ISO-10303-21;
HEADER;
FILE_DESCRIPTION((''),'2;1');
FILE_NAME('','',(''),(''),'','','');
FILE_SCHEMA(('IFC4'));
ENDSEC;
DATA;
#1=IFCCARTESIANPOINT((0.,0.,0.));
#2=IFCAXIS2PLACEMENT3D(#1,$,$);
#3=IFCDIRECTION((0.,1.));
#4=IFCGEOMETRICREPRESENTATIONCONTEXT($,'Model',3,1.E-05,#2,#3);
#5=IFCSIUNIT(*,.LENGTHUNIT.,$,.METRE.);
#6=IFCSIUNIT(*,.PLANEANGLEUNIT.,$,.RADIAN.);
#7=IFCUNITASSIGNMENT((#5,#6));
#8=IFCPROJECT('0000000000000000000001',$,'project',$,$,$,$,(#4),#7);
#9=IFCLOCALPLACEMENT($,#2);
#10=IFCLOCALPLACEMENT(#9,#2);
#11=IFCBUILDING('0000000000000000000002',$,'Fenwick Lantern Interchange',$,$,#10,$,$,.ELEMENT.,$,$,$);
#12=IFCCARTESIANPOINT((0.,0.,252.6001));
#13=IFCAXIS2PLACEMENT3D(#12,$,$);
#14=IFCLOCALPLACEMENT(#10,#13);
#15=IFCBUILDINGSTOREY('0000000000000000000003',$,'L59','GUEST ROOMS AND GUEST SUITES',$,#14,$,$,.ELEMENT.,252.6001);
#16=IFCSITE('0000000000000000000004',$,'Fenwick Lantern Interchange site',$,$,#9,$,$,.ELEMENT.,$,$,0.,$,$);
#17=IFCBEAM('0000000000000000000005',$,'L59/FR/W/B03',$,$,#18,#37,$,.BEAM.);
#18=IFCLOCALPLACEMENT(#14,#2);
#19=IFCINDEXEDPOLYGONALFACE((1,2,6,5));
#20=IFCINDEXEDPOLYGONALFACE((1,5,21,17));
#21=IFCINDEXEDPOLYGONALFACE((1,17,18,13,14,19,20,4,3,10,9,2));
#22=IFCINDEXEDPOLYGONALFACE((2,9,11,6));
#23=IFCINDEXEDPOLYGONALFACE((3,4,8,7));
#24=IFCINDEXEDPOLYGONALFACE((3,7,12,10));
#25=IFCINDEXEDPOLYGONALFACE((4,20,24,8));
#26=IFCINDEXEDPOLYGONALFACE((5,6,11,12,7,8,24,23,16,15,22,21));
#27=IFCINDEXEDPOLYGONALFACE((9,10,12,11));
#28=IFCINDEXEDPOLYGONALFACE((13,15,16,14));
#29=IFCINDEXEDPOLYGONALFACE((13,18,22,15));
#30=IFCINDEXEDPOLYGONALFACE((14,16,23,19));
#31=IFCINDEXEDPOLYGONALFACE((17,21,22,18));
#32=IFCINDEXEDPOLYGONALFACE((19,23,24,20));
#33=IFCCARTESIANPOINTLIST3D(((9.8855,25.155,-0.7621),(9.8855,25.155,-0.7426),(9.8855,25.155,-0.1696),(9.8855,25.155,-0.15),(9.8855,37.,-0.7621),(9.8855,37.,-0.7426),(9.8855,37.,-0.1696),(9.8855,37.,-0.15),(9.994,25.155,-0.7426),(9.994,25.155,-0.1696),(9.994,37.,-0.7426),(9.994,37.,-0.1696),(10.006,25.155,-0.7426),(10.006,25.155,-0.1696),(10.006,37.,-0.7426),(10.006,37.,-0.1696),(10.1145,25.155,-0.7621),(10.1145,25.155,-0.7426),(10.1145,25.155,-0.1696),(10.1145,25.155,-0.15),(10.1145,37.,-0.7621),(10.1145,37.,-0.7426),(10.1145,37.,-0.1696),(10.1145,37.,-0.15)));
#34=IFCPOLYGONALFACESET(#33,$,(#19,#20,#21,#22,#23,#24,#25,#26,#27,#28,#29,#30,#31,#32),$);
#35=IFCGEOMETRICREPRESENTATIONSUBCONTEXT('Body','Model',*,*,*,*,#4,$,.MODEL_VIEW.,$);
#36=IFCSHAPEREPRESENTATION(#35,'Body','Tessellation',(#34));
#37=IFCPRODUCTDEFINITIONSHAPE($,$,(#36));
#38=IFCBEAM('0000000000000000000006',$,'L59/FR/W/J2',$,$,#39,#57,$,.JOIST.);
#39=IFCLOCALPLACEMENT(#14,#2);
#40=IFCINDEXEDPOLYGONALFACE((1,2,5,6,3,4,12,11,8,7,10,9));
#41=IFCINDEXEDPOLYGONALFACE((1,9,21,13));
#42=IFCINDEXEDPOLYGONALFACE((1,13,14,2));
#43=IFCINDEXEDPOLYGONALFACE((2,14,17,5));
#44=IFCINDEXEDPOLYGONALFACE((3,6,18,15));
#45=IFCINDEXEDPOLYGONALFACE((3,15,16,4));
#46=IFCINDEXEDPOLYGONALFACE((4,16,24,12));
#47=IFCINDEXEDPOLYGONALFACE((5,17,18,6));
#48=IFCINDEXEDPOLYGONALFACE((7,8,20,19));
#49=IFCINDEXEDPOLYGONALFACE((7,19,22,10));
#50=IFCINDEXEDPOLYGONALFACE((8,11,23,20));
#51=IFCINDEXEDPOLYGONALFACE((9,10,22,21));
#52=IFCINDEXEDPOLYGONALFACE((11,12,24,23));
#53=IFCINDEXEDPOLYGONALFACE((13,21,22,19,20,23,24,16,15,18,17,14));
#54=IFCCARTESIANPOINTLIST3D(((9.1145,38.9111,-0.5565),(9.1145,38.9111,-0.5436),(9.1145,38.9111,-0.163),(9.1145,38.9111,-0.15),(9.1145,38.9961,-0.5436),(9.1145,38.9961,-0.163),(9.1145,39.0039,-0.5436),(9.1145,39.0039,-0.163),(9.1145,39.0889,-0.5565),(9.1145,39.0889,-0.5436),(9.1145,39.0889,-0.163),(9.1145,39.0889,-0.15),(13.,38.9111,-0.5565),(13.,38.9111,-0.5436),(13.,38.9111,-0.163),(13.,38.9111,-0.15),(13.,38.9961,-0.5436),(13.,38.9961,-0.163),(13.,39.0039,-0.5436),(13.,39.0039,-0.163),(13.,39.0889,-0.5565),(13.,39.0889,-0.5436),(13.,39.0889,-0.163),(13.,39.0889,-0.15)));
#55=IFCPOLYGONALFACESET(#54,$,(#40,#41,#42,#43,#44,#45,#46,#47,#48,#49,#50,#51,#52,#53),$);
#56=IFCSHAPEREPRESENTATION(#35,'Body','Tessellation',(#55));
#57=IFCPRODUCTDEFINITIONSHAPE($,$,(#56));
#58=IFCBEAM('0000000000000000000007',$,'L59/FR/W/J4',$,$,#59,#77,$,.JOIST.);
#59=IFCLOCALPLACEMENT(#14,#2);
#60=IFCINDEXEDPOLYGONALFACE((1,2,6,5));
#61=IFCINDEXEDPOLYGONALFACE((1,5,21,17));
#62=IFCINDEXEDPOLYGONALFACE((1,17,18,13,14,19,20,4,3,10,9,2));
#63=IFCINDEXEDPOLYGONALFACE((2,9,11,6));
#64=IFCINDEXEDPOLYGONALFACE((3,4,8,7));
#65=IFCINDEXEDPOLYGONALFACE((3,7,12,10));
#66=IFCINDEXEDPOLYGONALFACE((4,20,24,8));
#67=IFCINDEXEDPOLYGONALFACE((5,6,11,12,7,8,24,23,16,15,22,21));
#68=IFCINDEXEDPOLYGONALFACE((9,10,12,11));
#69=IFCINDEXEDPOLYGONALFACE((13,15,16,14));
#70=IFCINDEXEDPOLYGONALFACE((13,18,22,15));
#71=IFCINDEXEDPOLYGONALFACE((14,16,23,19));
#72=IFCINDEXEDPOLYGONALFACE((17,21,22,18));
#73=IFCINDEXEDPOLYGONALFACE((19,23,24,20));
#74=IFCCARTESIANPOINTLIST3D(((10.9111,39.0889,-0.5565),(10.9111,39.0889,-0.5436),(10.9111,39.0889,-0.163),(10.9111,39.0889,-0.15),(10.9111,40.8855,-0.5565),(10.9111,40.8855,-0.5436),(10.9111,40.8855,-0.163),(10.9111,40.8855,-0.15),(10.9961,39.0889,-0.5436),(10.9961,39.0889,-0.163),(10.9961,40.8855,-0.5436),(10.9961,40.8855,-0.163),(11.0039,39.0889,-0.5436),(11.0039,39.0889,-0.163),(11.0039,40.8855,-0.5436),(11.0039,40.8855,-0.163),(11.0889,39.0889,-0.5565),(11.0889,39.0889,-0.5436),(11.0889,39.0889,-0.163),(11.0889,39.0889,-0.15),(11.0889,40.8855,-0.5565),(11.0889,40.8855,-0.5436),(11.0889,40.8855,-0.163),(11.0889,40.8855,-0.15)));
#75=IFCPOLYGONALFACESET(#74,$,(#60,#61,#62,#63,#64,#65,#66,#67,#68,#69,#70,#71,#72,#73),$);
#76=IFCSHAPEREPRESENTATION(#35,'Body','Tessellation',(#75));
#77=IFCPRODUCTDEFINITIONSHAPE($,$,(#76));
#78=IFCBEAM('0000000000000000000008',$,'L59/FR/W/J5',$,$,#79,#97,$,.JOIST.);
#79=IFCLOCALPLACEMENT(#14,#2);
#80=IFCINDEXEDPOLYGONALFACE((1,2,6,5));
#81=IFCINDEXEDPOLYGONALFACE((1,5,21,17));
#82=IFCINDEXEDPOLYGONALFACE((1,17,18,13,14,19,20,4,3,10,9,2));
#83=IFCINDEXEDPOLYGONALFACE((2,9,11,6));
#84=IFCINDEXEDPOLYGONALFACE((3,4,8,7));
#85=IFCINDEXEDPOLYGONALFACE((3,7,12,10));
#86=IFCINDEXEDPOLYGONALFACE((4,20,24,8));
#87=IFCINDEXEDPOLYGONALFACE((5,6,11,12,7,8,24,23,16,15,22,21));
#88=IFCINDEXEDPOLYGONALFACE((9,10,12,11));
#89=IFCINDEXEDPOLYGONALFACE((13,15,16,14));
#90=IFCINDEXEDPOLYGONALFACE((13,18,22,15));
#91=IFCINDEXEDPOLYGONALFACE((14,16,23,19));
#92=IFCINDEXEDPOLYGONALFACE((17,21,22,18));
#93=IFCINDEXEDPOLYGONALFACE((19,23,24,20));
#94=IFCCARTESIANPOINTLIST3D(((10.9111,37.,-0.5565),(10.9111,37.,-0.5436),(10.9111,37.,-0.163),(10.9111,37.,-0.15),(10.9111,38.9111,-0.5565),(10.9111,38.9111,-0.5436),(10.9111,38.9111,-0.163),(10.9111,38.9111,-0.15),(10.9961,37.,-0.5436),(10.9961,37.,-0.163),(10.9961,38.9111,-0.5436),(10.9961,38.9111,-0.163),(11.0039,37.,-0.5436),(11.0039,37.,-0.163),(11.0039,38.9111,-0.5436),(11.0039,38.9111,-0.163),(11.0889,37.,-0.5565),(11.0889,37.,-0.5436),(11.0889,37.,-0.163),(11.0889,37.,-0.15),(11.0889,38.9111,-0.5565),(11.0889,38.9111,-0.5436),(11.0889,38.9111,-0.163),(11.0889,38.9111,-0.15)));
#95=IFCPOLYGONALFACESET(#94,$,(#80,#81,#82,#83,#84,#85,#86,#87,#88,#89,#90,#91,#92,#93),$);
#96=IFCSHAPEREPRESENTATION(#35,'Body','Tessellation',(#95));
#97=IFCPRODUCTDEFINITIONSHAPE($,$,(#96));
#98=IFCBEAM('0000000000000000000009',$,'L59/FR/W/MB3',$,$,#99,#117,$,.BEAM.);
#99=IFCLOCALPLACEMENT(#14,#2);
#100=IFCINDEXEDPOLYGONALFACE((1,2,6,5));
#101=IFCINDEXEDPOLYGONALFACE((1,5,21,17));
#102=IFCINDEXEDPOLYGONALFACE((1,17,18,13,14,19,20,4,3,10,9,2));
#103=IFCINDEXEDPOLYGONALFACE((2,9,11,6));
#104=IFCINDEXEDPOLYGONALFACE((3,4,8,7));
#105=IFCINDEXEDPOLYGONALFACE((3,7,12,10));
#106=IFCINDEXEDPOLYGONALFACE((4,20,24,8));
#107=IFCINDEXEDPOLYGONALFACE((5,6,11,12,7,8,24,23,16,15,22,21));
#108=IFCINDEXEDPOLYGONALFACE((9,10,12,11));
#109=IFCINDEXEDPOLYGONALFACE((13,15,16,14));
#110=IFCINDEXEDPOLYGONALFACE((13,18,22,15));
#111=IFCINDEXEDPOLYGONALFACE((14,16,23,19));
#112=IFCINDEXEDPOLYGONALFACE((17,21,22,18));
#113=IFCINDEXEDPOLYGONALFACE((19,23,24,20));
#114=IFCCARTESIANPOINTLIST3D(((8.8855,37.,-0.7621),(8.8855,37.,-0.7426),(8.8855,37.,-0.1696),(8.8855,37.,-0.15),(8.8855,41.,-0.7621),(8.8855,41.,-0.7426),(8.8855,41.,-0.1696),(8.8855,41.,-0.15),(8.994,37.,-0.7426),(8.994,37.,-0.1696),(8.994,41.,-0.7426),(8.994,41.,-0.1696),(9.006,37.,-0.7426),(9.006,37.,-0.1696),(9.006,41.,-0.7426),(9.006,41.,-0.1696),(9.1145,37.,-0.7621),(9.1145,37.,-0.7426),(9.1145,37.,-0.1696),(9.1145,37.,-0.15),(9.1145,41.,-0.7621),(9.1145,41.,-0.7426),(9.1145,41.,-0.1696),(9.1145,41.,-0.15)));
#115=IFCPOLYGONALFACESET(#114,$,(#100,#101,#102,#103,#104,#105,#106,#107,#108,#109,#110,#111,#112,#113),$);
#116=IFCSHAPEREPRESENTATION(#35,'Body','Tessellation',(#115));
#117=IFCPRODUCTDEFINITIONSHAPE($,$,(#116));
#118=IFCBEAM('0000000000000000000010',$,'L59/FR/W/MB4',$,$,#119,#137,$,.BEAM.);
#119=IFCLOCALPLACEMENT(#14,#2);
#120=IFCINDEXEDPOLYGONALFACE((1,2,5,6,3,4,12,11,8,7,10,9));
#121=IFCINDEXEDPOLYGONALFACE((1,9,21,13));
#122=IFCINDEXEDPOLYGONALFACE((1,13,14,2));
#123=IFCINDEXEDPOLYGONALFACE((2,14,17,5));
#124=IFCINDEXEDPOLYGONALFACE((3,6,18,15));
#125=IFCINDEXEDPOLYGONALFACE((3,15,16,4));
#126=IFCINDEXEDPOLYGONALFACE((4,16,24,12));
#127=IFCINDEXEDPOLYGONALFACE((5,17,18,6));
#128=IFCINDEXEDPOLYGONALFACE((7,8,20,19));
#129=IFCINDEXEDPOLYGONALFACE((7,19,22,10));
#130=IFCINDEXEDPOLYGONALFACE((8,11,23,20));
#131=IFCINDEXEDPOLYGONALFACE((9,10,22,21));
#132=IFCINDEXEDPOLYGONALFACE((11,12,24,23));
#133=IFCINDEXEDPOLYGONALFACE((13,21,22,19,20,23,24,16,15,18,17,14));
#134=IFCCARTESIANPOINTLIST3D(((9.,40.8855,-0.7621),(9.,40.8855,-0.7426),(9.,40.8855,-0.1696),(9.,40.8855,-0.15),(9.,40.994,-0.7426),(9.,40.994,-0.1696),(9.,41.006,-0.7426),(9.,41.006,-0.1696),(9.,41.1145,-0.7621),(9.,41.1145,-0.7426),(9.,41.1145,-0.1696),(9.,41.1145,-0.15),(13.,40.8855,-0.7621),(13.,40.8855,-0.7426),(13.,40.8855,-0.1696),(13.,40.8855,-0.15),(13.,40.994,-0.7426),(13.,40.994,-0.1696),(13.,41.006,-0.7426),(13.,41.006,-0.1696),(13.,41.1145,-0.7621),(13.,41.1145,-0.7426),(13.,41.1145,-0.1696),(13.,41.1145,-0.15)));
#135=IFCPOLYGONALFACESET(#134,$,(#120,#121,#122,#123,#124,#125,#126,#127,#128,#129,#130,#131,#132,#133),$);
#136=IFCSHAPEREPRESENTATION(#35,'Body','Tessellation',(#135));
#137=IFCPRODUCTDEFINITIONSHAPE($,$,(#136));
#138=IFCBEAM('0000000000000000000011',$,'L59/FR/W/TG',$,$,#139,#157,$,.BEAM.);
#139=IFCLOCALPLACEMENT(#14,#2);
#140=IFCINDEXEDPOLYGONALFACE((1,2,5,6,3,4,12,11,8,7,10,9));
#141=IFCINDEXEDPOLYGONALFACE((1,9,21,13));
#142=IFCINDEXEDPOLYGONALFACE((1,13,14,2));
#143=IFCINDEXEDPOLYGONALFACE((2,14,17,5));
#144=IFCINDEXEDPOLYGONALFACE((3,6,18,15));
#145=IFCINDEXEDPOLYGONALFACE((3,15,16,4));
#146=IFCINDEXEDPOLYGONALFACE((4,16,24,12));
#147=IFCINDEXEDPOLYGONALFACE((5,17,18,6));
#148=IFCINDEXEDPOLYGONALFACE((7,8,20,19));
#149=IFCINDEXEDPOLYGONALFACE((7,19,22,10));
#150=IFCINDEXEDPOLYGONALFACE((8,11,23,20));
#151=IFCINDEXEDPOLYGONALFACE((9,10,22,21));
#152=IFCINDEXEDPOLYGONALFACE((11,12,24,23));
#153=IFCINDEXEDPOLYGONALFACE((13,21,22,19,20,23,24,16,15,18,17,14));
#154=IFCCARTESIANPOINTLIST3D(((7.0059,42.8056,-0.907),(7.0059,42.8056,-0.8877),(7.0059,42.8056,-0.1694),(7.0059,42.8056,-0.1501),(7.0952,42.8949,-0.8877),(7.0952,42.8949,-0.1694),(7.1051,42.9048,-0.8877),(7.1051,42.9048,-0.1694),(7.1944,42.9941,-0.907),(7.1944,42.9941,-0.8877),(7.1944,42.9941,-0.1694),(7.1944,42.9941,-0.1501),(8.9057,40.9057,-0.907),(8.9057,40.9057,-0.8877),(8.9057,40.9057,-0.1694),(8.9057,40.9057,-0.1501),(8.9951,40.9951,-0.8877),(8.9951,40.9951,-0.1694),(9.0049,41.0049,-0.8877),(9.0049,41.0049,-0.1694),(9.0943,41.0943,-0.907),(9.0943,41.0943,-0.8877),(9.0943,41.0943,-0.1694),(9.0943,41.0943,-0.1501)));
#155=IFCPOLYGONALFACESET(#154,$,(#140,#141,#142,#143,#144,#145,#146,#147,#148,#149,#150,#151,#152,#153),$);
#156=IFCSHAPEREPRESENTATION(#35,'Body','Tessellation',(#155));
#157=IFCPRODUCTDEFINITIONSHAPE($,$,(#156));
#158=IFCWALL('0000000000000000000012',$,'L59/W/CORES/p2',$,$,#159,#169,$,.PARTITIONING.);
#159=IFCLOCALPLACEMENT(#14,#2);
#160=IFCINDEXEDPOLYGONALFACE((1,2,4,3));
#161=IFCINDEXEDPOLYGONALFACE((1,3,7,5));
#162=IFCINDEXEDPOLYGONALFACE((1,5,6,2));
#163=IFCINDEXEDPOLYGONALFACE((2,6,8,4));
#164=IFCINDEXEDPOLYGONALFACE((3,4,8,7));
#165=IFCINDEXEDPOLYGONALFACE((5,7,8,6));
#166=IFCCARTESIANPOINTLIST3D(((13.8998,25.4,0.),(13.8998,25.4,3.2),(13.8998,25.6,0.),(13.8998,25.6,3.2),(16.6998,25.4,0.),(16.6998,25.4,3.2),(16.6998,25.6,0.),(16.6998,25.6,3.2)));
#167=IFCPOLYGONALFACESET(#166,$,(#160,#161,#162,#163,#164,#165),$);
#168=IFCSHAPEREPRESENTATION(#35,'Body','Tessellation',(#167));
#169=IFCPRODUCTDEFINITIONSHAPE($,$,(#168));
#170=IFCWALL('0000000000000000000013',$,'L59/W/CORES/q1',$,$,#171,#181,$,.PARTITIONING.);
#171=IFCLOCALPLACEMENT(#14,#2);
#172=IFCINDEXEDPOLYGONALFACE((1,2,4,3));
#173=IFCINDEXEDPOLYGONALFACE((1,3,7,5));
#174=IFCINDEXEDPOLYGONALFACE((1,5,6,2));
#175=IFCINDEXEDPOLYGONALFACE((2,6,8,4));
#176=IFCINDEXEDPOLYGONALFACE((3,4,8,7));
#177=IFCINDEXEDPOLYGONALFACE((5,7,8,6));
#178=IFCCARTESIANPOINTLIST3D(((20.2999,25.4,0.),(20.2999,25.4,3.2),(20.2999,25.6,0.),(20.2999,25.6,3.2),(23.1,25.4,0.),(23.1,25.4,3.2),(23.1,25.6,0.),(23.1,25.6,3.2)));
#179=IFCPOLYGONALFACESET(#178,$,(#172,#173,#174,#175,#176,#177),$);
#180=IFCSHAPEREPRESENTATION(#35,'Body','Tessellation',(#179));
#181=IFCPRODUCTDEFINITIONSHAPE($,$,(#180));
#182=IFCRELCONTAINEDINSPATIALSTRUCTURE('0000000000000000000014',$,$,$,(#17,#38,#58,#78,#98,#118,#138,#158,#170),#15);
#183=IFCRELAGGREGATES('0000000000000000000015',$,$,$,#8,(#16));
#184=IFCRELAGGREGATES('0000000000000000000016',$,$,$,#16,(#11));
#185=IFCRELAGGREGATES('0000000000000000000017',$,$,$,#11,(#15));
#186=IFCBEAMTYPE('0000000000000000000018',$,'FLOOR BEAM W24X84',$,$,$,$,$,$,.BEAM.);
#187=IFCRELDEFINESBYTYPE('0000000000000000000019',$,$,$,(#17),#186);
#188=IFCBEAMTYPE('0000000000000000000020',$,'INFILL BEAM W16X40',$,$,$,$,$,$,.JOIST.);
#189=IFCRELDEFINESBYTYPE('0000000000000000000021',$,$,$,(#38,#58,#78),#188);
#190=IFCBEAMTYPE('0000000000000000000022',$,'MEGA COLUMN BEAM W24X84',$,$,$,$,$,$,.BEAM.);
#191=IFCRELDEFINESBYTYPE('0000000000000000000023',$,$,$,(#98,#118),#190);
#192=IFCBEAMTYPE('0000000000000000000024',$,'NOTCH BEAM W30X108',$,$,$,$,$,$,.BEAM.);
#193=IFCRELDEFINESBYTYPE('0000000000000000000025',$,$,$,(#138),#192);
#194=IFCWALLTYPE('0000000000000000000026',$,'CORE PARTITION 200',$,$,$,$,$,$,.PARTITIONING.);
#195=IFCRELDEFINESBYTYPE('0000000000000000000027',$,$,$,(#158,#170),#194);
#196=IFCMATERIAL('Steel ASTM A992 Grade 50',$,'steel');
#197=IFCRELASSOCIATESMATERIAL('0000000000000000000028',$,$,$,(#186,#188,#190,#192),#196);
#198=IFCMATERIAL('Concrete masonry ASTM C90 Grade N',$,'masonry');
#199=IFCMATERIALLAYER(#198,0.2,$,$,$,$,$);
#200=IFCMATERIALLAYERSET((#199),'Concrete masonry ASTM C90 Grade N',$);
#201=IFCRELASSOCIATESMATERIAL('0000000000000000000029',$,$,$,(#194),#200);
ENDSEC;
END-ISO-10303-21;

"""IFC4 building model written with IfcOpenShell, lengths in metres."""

from ifc_helpers import new_model, si_unit, direction, frame, frame_2d, origin, origin_2d, place, context, subcontext, project, spatial, rectangle, i_section, extrude, material, layer, layer_set, material_profile, profile_set, type_object, element, save


model = new_model("IFC4")

# Units and contexts
model_context = context("Model", 3, precision=1e-05, world=origin(), true_north=direction((0.0, 1.0)))
body_context = subcontext(model_context, "Body", "Model", "MODEL_VIEW")
ifc_project = project(units=[si_unit("LENGTHUNIT", "METRE"), si_unit("PLANEANGLEUNIT", "RADIAN")], contexts=[model_context])

# Site, building, storey
site_placement = place(None, origin())
site = spatial("IfcSite", under=ifc_project, at=site_placement, Name="Fenwick Lantern Interchange site", CompositionType="ELEMENT", RefElevation=0.0)
building_placement = place(site_placement, origin())
building = spatial("IfcBuilding", under=site, at=building_placement, Name="Fenwick Lantern Interchange", CompositionType="ELEMENT")
storey_placement = place(building_placement, frame((0.0, 0.0, 252.6001)))
storey = spatial("IfcBuildingStorey", under=building, at=storey_placement, Name="L59", Description="GUEST ROOMS AND GUEST SUITES", CompositionType="ELEMENT", Elevation=252.6001)

# Beams
ifc_material_1 = material(Name="Steel ASTM A992 Grade 50", Category="steel")
ifc_material_profile_1 = material_profile(ifc_material_1, i_section(OverallWidth=0.229, OverallDepth=0.6121, WebThickness=0.012, FlangeThickness=0.0195, at=origin_2d()), Name="W24X84")
ifc_profile_set_1 = profile_set([ifc_material_profile_1], Name="Steel ASTM A992 Grade 50")
beam_type_1 = type_object("IfcBeamType", Name="FLOOR BEAM W24X84", PredefinedType="BEAM", material=ifc_profile_set_1)
beam_1_placement = place(storey_placement, frame((10.0, 37.0, -0.4561), z_axis=(0.0, -1.0, 0.0), x_axis=(1.0, 0.0, 0.0)))
element("IfcBeam", 1, at=beam_1_placement, inside=storey, type_object=beam_type_1, Name="L59/FR/W/B03", PredefinedType="BEAM", context=body_context, shape_type="SweptSolid", body=[
    extrude(i_section(OverallWidth=0.229, OverallDepth=0.6121, WebThickness=0.012, FlangeThickness=0.0195, at=origin_2d()), origin(), (0.0, 0.0, 1.0), 11.845),
])
ifc_material_profile_2 = material_profile(ifc_material_1, i_section(OverallWidth=0.1777, OverallDepth=0.4065, WebThickness=0.0078, FlangeThickness=0.0129, at=origin_2d()), Name="W16X40")
ifc_profile_set_2 = profile_set([ifc_material_profile_2], Name="Steel ASTM A992 Grade 50")
beam_type_2 = type_object("IfcBeamType", Name="INFILL BEAM W16X40", PredefinedType="JOIST", material=ifc_profile_set_2)
beam_2_placement = place(storey_placement, frame((9.1145, 39.0, -0.3533), z_axis=(1.0, 0.0, 0.0), x_axis=(0.0, 1.0, 0.0)))
element("IfcBeam", 2, at=beam_2_placement, inside=storey, type_object=beam_type_2, Name="L59/FR/W/J2", PredefinedType="JOIST", context=body_context, shape_type="SweptSolid", body=[
    extrude(i_section(OverallWidth=0.1777, OverallDepth=0.4065, WebThickness=0.0078, FlangeThickness=0.0129, at=origin_2d()), origin(), (0.0, 0.0, 1.0), 3.8855),
])
beam_3_placement = place(storey_placement, frame((11.0, 40.8855, -0.3533), z_axis=(0.0, -1.0, 0.0), x_axis=(1.0, 0.0, 0.0)))
element("IfcBeam", 3, at=beam_3_placement, inside=storey, type_object=beam_type_2, Name="L59/FR/W/J4", PredefinedType="JOIST", context=body_context, shape_type="SweptSolid", body=[
    extrude(i_section(OverallWidth=0.1777, OverallDepth=0.4065, WebThickness=0.0078, FlangeThickness=0.0129, at=origin_2d()), origin(), (0.0, 0.0, 1.0), 1.7966),
])
beam_4_placement = place(storey_placement, frame((11.0, 38.9111, -0.3533), z_axis=(0.0, -1.0, 0.0), x_axis=(1.0, 0.0, 0.0)))
element("IfcBeam", 4, at=beam_4_placement, inside=storey, type_object=beam_type_2, Name="L59/FR/W/J5", PredefinedType="JOIST", context=body_context, shape_type="SweptSolid", body=[
    extrude(i_section(OverallWidth=0.1777, OverallDepth=0.4065, WebThickness=0.0078, FlangeThickness=0.0129, at=origin_2d()), origin(), (0.0, 0.0, 1.0), 1.9111),
])
ifc_material_profile_3 = material_profile(ifc_material_1, i_section(OverallWidth=0.229, OverallDepth=0.6121, WebThickness=0.012, FlangeThickness=0.0195, at=origin_2d()), Name="W24X84")
ifc_profile_set_3 = profile_set([ifc_material_profile_3], Name="Steel ASTM A992 Grade 50")
beam_type_3 = type_object("IfcBeamType", Name="MEGA COLUMN BEAM W24X84", PredefinedType="BEAM", material=ifc_profile_set_3)
for number, where, z_axis, x_axis, name in (
    (5, (9.0, 41.0, -0.4561), (0.0, -1.0, 0.0), (1.0, 0.0, 0.0), "L59/FR/W/MB3"),
    (6, (9.0, 41.0, -0.4561), (1.0, 0.0, 0.0), (0.0, 1.0, 0.0), "L59/FR/W/MB4"),
):
    element("IfcBeam", number, at=place(storey_placement, frame(where, z_axis=z_axis, x_axis=x_axis)), inside=storey, type_object=beam_type_3, Name=name, PredefinedType="BEAM", context=body_context, shape_type="SweptSolid", body=[
        extrude(i_section(OverallWidth=0.229, OverallDepth=0.6121, WebThickness=0.012, FlangeThickness=0.0195, at=origin_2d()), origin(), (0.0, 0.0, 1.0), 4.0),
    ])
ifc_material_profile_4 = material_profile(ifc_material_1, i_section(OverallWidth=0.2666, OverallDepth=0.7568, WebThickness=0.0139, FlangeThickness=0.0193, at=origin_2d()), Name="W30X108")
ifc_profile_set_4 = profile_set([ifc_material_profile_4], Name="Steel ASTM A992 Grade 50")
beam_type_4 = type_object("IfcBeamType", Name="NOTCH BEAM W30X108", PredefinedType="BEAM", material=ifc_profile_set_4)
beam_5_placement = place(storey_placement, frame((9.0, 41.0, -0.5286), z_axis=(-0.707107, 0.707107, 0.0), x_axis=(-0.707107, -0.707107, 0.0)))
element("IfcBeam", 7, at=beam_5_placement, inside=storey, type_object=beam_type_4, Name="L59/FR/W/TG", PredefinedType="BEAM", context=body_context, shape_type="SweptSolid", body=[
    extrude(i_section(OverallWidth=0.2666, OverallDepth=0.7568, WebThickness=0.0139, FlangeThickness=0.0193, at=origin_2d()), origin(), (0.0, 0.0, 1.0), 2.6868),
])

# Walls
ifc_material_2 = material(Name="Concrete masonry ASTM C90 Grade N", Category="masonry")
ifc_layer_1 = layer(ifc_material_2, 0.2)
ifc_layer_set_1 = layer_set([ifc_layer_1], Name="Concrete masonry ASTM C90 Grade N")
wall_type_1 = type_object("IfcWallType", Name="CORE PARTITION 200", PredefinedType="PARTITIONING", material=ifc_layer_set_1)
for number, where, z_axis, x_axis, name in (
    (8, (13.8999, 25.5, 0.0), (0.0, 0.0, 1.0), (1.0, 0.0, 0.0), "L59/W/CORES/p2"),
    (9, (20.3, 25.5, 0.0), (0.0, 0.0, 1.0), (1.0, 0.0, 0.0), "L59/W/CORES/q1"),
):
    element("IfcWall", number, at=place(storey_placement, frame(where, z_axis=z_axis, x_axis=x_axis)), inside=storey, type_object=wall_type_1, Name=name, PredefinedType="PARTITIONING", context=body_context, shape_type="SweptSolid", body=[
        extrude(rectangle(XDim=2.8, YDim=0.2, at=frame_2d((1.3999, 0.0))), origin(), (0.0, 0.0, 1.0), 3.2),
    ])

save(model, "model.ifc")
